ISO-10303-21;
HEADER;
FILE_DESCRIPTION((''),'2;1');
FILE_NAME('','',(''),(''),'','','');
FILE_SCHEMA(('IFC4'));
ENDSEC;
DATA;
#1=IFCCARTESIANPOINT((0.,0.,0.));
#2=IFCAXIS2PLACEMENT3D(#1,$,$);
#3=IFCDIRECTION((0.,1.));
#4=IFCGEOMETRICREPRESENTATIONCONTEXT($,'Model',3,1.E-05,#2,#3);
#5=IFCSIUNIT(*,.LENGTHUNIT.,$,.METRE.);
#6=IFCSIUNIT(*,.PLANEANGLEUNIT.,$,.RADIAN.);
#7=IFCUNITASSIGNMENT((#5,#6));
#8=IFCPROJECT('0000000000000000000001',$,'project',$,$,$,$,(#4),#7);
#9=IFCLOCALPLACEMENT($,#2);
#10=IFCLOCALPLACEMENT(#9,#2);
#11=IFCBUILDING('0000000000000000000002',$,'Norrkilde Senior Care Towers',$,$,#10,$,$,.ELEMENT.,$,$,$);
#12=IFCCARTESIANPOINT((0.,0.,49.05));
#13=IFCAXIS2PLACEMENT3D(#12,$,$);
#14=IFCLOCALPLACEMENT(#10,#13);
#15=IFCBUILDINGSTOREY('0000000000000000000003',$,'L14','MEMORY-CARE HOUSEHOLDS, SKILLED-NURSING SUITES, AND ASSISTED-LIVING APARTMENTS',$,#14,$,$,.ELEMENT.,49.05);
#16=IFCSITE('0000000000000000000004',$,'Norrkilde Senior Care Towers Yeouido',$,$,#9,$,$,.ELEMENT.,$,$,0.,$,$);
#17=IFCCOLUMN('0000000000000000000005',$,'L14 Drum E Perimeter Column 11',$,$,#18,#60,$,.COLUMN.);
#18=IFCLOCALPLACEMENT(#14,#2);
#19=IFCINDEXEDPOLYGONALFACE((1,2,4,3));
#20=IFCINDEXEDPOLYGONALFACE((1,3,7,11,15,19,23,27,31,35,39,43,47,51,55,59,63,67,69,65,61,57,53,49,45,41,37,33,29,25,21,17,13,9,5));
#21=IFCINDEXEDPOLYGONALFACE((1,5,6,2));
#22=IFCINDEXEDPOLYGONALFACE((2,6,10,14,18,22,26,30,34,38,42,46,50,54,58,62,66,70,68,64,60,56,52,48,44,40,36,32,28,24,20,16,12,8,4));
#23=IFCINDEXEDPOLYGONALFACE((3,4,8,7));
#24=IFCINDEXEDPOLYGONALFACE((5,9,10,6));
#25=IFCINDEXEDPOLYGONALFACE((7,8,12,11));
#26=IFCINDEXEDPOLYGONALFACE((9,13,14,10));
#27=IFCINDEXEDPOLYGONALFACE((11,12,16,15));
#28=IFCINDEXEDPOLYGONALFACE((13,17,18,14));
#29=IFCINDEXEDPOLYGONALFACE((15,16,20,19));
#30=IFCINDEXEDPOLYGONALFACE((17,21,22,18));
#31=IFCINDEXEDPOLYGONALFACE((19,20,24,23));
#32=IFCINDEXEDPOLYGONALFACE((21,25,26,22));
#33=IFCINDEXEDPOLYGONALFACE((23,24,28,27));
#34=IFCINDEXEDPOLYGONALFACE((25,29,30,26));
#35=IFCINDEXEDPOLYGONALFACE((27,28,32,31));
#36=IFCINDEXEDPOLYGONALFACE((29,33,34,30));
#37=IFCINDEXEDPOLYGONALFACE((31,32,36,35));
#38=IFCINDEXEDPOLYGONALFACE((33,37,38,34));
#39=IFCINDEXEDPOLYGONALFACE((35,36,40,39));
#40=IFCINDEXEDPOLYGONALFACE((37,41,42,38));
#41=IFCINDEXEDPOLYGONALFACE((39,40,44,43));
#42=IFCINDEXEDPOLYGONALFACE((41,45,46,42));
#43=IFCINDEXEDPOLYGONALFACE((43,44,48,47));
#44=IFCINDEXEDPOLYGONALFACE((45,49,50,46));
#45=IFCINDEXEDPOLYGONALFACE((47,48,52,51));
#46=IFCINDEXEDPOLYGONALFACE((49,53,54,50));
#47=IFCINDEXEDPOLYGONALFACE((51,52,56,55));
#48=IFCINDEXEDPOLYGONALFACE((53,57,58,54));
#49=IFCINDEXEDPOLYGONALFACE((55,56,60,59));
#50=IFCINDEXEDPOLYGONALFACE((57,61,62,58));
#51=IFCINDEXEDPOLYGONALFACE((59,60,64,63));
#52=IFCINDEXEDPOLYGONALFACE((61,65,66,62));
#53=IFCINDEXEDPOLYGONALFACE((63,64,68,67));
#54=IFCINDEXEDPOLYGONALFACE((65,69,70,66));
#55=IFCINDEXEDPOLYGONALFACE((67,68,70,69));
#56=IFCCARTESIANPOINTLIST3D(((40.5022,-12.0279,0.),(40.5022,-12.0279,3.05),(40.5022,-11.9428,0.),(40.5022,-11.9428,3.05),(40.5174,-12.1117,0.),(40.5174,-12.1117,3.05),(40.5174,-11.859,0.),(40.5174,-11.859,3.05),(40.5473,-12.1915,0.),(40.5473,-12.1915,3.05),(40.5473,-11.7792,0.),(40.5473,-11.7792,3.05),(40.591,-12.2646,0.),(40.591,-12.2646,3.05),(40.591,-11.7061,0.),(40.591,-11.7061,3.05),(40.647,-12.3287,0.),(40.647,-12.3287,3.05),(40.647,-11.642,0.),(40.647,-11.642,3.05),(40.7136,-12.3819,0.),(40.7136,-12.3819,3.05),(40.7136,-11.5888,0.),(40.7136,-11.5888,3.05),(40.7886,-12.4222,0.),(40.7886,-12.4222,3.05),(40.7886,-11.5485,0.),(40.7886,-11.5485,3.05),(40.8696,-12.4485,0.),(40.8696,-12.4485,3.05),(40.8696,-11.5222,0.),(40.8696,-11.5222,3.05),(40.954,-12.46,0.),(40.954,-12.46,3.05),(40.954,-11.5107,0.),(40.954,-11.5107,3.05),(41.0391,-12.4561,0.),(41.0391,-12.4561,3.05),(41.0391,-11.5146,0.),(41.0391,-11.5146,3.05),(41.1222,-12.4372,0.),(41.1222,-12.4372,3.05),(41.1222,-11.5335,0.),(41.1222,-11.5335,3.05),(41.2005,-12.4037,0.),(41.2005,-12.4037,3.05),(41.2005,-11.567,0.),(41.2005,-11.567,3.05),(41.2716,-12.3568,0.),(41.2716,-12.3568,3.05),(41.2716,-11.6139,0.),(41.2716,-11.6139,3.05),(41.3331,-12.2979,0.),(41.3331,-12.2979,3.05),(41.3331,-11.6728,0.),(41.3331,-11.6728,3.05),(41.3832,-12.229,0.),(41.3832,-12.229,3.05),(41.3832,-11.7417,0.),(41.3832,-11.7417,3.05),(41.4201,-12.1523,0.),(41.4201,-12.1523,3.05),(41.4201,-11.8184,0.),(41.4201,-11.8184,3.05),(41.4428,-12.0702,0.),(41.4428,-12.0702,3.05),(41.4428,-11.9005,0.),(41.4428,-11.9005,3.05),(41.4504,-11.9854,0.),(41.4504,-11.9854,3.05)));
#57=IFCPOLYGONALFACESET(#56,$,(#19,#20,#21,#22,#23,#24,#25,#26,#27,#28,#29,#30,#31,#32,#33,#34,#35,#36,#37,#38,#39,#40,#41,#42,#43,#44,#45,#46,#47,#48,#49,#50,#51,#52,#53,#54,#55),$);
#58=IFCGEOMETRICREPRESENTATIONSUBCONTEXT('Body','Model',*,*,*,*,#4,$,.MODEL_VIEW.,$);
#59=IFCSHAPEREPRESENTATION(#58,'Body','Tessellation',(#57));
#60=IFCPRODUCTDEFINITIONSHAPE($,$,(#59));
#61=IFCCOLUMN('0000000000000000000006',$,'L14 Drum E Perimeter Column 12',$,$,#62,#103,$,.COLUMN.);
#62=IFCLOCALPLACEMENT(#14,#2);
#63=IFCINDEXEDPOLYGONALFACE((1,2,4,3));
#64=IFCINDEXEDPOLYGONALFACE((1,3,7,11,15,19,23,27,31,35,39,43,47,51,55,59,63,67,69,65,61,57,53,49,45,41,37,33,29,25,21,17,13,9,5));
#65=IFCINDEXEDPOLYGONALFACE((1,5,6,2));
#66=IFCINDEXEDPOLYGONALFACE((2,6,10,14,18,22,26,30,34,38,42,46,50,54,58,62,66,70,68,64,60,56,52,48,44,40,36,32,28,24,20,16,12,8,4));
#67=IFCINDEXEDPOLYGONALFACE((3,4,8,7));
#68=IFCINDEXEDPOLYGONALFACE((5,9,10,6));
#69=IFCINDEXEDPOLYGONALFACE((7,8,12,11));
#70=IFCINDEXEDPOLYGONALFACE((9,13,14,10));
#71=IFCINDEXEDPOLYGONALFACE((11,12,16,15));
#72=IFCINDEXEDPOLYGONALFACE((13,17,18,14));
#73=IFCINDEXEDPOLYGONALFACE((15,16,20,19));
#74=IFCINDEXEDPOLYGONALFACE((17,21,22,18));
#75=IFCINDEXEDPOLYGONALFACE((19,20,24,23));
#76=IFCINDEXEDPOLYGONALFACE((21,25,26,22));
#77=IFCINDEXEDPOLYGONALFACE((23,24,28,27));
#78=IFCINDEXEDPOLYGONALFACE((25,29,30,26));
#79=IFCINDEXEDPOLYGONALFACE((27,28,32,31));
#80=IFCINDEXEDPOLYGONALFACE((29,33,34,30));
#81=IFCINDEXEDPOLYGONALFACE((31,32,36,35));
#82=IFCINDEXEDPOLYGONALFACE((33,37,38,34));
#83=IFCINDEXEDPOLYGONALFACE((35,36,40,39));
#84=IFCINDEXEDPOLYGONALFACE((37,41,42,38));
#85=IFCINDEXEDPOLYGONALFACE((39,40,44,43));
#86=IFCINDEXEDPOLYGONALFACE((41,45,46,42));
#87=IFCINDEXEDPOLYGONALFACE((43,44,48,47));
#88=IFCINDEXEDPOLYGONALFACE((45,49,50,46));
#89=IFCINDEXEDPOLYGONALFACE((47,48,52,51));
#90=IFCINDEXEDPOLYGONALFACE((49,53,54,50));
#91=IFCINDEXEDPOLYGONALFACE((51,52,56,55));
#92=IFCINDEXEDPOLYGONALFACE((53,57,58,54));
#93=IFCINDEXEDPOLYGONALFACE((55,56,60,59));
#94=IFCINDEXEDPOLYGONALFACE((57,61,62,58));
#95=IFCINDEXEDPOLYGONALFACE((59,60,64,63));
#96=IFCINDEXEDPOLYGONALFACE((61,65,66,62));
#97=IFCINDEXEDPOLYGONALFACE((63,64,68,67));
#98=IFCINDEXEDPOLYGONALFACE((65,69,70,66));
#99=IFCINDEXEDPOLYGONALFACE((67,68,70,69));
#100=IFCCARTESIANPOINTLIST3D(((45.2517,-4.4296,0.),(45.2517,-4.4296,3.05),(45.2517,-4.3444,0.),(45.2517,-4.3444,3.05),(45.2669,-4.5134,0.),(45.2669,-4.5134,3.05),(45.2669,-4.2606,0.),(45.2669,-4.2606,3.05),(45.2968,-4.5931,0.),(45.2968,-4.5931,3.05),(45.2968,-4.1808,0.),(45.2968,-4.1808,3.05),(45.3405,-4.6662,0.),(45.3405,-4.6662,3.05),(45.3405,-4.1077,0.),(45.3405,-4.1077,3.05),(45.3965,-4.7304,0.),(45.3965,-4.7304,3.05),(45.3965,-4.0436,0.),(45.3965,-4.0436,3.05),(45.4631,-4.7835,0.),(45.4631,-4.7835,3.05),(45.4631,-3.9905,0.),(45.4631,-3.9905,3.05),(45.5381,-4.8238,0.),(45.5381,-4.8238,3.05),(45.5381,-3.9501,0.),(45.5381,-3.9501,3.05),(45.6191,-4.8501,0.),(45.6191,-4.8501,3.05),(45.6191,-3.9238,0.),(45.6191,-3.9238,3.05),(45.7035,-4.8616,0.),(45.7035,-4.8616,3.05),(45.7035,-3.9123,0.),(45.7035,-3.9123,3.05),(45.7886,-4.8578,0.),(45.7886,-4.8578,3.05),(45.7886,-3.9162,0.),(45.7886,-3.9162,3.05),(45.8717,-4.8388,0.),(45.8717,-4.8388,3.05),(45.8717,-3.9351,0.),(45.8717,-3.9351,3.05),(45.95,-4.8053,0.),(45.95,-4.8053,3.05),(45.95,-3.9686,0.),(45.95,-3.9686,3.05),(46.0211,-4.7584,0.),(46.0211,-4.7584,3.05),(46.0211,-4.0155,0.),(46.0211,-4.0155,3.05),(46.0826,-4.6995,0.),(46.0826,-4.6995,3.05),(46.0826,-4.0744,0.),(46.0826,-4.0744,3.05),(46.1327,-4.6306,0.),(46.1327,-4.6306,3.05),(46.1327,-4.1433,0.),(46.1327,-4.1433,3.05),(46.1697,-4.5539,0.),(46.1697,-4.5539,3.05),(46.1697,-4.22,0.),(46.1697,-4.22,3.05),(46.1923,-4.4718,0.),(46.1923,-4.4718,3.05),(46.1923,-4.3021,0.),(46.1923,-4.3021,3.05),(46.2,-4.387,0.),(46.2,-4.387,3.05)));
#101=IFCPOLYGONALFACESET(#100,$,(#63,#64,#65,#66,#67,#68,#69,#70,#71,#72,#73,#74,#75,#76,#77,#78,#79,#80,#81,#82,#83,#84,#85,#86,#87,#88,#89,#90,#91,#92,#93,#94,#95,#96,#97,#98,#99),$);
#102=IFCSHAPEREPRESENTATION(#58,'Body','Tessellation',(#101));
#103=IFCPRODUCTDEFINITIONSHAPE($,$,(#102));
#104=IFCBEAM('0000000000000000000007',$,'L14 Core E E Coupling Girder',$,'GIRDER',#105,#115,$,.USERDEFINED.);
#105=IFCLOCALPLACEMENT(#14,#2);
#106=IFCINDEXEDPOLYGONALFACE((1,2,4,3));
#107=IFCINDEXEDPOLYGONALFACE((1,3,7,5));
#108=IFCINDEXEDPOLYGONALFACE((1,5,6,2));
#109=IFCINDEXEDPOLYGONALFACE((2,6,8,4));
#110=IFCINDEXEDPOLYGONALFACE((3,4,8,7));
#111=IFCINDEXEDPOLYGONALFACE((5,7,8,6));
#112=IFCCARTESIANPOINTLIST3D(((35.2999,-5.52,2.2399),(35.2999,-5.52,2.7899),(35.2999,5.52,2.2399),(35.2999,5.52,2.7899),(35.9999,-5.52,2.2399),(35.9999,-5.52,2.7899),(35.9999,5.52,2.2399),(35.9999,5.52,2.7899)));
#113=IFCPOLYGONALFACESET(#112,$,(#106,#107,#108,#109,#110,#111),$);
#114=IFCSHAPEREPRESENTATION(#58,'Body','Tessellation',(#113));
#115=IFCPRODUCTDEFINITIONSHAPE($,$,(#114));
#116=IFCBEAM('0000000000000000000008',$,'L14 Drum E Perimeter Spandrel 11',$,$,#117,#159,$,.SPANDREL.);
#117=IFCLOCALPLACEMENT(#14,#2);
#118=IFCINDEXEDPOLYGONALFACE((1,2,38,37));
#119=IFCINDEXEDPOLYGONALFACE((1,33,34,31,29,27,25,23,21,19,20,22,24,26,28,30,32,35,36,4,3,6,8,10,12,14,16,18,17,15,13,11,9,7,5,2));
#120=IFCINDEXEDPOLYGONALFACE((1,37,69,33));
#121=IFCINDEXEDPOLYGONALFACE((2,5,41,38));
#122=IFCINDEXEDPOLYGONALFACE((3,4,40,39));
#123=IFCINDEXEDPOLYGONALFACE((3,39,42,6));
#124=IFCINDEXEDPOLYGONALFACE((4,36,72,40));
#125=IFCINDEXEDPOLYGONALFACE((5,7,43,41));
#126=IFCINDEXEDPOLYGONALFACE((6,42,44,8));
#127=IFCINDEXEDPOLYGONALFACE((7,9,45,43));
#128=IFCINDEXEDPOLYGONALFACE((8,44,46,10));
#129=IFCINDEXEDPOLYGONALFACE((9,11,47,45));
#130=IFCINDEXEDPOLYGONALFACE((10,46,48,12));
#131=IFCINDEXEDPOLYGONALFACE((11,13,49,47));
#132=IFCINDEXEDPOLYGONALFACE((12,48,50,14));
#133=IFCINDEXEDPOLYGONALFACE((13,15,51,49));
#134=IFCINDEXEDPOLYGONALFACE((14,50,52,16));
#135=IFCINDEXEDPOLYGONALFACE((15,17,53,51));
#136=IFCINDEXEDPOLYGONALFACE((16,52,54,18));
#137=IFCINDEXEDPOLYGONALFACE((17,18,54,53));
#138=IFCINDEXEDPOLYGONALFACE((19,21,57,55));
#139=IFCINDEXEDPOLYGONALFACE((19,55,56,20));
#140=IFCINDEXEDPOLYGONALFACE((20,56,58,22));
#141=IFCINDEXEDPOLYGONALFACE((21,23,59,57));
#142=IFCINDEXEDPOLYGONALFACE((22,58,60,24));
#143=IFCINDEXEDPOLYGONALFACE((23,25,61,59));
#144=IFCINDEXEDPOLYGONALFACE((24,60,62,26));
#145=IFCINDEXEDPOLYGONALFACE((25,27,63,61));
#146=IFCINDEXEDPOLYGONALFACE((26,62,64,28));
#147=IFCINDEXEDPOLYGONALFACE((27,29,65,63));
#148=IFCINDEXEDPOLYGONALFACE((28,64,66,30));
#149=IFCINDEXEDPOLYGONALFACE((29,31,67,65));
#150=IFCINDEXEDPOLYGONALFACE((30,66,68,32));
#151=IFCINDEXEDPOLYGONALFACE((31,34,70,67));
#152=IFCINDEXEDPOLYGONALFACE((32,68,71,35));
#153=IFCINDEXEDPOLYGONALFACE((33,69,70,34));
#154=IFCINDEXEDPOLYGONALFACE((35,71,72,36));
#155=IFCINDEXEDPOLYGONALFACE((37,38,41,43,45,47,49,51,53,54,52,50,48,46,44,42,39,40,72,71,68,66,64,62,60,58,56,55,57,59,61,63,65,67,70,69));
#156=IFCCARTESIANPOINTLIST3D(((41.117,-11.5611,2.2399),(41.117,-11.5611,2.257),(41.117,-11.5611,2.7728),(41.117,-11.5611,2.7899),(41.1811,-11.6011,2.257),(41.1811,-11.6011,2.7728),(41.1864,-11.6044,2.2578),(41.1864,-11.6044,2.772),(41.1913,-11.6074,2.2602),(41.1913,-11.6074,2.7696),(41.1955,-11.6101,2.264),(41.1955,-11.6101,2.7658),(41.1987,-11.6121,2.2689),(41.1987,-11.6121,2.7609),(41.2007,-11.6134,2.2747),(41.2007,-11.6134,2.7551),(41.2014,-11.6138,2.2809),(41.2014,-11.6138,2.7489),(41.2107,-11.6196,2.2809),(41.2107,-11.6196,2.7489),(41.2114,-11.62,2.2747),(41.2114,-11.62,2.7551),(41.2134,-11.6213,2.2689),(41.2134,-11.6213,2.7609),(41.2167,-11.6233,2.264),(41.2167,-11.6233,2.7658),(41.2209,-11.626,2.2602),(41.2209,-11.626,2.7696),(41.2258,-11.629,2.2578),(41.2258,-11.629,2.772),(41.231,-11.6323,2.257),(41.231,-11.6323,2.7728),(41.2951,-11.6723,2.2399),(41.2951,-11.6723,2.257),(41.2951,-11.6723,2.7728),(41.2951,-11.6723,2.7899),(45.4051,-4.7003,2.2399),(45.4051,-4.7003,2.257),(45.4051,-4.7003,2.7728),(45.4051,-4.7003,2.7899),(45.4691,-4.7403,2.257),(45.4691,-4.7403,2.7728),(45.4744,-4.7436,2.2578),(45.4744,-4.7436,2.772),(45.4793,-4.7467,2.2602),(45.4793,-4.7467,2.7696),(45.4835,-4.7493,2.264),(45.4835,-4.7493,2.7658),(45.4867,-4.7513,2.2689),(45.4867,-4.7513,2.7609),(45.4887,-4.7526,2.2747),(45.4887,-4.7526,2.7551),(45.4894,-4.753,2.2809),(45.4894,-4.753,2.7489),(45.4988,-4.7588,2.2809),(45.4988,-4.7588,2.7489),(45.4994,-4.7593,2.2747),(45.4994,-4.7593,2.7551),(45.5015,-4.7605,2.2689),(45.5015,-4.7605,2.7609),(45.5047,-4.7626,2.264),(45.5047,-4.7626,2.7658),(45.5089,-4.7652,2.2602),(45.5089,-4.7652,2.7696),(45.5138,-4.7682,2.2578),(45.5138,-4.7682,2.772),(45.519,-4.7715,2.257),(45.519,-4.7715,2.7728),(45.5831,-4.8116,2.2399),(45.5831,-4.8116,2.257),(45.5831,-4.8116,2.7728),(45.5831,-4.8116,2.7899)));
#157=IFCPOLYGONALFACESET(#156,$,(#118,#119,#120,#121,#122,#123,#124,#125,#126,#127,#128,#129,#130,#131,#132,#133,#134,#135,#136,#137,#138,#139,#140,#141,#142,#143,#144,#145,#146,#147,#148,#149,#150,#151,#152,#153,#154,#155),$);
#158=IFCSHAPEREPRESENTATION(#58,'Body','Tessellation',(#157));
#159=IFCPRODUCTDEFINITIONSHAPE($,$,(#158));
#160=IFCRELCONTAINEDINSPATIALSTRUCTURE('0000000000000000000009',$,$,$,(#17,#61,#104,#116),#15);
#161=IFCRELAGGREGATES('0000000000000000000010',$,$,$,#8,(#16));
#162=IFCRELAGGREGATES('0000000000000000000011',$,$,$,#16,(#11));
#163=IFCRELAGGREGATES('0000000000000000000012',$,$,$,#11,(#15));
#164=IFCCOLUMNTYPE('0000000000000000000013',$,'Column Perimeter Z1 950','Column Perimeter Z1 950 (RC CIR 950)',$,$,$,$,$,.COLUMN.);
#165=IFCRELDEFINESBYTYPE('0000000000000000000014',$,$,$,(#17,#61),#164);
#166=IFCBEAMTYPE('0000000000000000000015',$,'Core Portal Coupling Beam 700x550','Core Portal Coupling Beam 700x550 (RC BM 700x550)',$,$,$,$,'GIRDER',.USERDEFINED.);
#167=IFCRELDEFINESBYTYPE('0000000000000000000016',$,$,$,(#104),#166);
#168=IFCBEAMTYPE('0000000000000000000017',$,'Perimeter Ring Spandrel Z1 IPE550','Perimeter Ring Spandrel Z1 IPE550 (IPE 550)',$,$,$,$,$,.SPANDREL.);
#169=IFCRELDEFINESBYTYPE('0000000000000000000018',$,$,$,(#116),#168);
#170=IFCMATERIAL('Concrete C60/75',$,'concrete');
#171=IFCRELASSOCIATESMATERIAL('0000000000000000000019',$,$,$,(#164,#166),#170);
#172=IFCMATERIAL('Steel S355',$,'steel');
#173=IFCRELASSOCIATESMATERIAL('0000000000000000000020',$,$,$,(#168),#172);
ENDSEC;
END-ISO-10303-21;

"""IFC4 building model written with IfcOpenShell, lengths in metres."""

from ifc_helpers import new_model, si_unit, direction, frame, origin, origin_2d, place, context, subcontext, project, spatial, rectangle, circle, i_section, extrude, source, transform, mapped, material, material_profile, profile_set, type_object, type_shapes, element, save


model = new_model("IFC4")

# Units and contexts
model_context = context("Model", 3, precision=1e-05, world=origin(), true_north=direction((0.0, 1.0)))
body_context = subcontext(model_context, "Body", "Model", "MODEL_VIEW")
ifc_project = project(units=[si_unit("LENGTHUNIT", "METRE"), si_unit("PLANEANGLEUNIT", "RADIAN")], contexts=[model_context])

# Site, building, storey
site_placement = place(None, origin())
site = spatial("IfcSite", under=ifc_project, at=site_placement, Name="Norrkilde Senior Care Towers Yeouido", CompositionType="ELEMENT", RefElevation=0.0)
building_placement = place(site_placement, origin())
building = spatial("IfcBuilding", under=site, at=building_placement, Name="Norrkilde Senior Care Towers", CompositionType="ELEMENT")
storey_placement = place(building_placement, frame((0.0, 0.0, 49.05)))
storey = spatial("IfcBuildingStorey", under=building, at=storey_placement, Name="L14", Description="MEMORY-CARE HOUSEHOLDS, SKILLED-NURSING SUITES, AND ASSISTED-LIVING APARTMENTS", CompositionType="ELEMENT", Elevation=49.05)

# Columns
ifc_material_1 = material(Name="Concrete C60/75", Category="concrete")
ifc_material_profile_1 = material_profile(ifc_material_1, circle(Radius=0.4751, at=origin_2d()), Name="RC CIR 950")
ifc_profile_set_1 = profile_set([ifc_material_profile_1], Name="Concrete C60/75")
column_type = type_object("IfcColumnType", Name="Column Perimeter Z1 950", Description="Column Perimeter Z1 950 (RC CIR 950)", PredefinedType="COLUMN", material=ifc_profile_set_1)
shared_shape_1 = source(origin(), body_context, "Body", "SweptSolid", [
    extrude(circle(Radius=0.4751, at=origin_2d()), origin(), (0.0, 0.0, 1.0), 3.05),
])
type_shapes(column_type, [shared_shape_1])
for number, where, z_axis, x_axis, name in (
    (1, (40.9753, -11.9854, 0.0), (0.0, 0.0, 1.0), (1.0, 0.0, 0.0), "L14 Drum E Perimeter Column 11"),
    (2, (45.7249, -4.387, 0.0), (0.0, 0.0, 1.0), (1.0, 0.0, 0.0), "L14 Drum E Perimeter Column 12"),
):
    element("IfcColumn", number, at=place(storey_placement, frame(where, z_axis=z_axis, x_axis=x_axis)), inside=storey, type_object=column_type, Name=name, PredefinedType="COLUMN", context=body_context, shape_type="MappedRepresentation", body=[
        mapped(shared_shape_1, transform((0.0, 0.0, 0.0), x_axis=(1.0, 0.0, 0.0), y_axis=(0.0, 1.0, 0.0), z_axis=(0.0, 0.0, 1.0), scale=1.0)),
    ])

# Beams
ifc_material_profile_2 = material_profile(ifc_material_1, rectangle(XDim=0.7, YDim=0.55, at=origin_2d()), Name="RC BM 700x550")
ifc_profile_set_2 = profile_set([ifc_material_profile_2], Name="Concrete C60/75")
beam_type_1 = type_object("IfcBeamType", Name="Core Portal Coupling Beam 700x550", Description="Core Portal Coupling Beam 700x550 (RC BM 700x550)", ElementType="GIRDER", PredefinedType="USERDEFINED", material=ifc_profile_set_2)
shared_shape_2 = source(origin(), body_context, "Body", "SweptSolid", [
    extrude(rectangle(XDim=0.7, YDim=0.55, at=origin_2d()), origin(), (0.0, 0.0, 1.0), 11.04),
])
type_shapes(beam_type_1, [shared_shape_2])
beam_1_placement = place(storey_placement, frame((35.6499, -5.52, 2.5149), z_axis=(0.0, 1.0, 0.0), x_axis=(-1.0, 0.0, 0.0)))
element("IfcBeam", 3, at=beam_1_placement, inside=storey, type_object=beam_type_1, Name="L14 Core E E Coupling Girder", ObjectType="GIRDER", PredefinedType="USERDEFINED", context=body_context, shape_type="MappedRepresentation", body=[
    mapped(shared_shape_2, transform((0.0, 0.0, 0.0), x_axis=(1.0, 0.0, 0.0), y_axis=(0.0, 1.0, 0.0), z_axis=(0.0, 0.0, 1.0), scale=1.0)),
])
ifc_material_2 = material(Name="Steel S355", Category="steel")
ifc_material_profile_3 = material_profile(ifc_material_2, i_section(OverallWidth=0.21, OverallDepth=0.55, WebThickness=0.011, FlangeThickness=0.0171, FilletRadius=0.0239, at=origin_2d()), Name="IPE 550")
ifc_profile_set_3 = profile_set([ifc_material_profile_3], Name="Steel S355")
beam_type_2 = type_object("IfcBeamType", Name="Perimeter Ring Spandrel Z1 IPE550", Description="Perimeter Ring Spandrel Z1 IPE550 (IPE 550)", PredefinedType="SPANDREL", material=ifc_profile_set_3)
shared_shape_3 = source(origin(), body_context, "Body", "SweptSolid", [
    extrude(i_section(OverallWidth=0.21, OverallDepth=0.55, WebThickness=0.011, FlangeThickness=0.0171, FilletRadius=0.0239, at=origin_2d()), origin(), (0.0, 0.0, 1.0), 8.0906),
])
beam_2_placement = place(storey_placement, frame((41.2061, -11.6167, 2.5149), z_axis=(0.530004, 0.847995, 0.0), x_axis=(-0.847995, 0.530004, 0.0)))
element("IfcBeam", 4, at=beam_2_placement, inside=storey, type_object=beam_type_2, Name="L14 Drum E Perimeter Spandrel 11", PredefinedType="SPANDREL", context=body_context, shape_type="MappedRepresentation", body=[
    mapped(shared_shape_3, transform((0.0, 0.0, 0.0), x_axis=(1.0, 0.0, 0.0), y_axis=(0.0, 1.0, 0.0), z_axis=(0.0, 0.0, 1.0), scale=1.0)),
])

save(model, "model.ifc")
